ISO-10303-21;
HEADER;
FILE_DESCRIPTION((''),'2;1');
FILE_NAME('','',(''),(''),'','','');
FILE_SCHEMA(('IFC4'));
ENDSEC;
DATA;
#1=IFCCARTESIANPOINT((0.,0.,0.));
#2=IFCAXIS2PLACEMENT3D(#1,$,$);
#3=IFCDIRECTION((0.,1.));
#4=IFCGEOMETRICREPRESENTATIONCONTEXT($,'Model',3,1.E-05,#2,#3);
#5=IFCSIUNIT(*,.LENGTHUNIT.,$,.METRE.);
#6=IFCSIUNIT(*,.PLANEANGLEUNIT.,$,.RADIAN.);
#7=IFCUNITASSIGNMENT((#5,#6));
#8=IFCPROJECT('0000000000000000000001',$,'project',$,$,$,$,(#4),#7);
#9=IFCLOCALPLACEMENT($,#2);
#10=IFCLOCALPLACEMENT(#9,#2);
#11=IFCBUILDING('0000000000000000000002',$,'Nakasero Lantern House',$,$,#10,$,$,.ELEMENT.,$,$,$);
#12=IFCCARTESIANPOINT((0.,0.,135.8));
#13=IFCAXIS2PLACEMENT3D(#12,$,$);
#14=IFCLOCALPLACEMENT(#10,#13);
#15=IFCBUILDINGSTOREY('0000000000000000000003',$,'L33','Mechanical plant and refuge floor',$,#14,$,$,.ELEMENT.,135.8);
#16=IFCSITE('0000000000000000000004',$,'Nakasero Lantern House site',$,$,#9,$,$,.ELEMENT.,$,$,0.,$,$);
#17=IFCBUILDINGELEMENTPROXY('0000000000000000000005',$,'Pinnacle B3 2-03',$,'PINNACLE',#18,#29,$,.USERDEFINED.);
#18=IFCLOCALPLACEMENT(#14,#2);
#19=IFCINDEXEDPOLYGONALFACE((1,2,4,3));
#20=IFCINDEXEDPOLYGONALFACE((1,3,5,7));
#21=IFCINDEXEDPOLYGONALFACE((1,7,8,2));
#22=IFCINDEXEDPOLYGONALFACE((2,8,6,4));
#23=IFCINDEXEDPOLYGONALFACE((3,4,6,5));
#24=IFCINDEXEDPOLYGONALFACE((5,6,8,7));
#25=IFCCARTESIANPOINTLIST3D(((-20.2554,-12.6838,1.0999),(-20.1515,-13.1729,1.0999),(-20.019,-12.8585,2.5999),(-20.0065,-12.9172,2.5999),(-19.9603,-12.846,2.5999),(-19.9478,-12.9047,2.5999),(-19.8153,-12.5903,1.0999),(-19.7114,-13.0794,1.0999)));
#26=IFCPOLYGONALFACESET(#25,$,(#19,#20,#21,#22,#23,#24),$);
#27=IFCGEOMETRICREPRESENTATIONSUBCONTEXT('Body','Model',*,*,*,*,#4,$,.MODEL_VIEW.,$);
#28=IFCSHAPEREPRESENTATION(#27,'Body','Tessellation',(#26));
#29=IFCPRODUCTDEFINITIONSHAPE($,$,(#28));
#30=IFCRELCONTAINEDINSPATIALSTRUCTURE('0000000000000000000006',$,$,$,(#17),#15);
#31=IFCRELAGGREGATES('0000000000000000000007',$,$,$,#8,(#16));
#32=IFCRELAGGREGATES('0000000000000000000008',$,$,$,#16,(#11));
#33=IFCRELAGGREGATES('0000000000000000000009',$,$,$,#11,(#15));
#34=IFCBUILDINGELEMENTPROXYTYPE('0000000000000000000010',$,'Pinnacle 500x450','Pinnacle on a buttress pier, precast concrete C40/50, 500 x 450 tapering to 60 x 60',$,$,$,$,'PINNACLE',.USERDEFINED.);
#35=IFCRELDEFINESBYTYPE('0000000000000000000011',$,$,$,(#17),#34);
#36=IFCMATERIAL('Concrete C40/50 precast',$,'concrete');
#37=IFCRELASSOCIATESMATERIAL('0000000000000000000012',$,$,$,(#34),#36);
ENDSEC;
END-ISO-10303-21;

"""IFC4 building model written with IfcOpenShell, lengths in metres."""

from ifc_helpers import new_model, entity, si_unit, direction, frame, origin, place, context, subcontext, project, spatial, material, type_object, element, save


model = new_model("IFC4")

# Units and contexts
model_context = context("Model", 3, precision=1e-05, world=origin(), true_north=direction((0.0, 1.0)))
body_context = subcontext(model_context, "Body", "Model", "MODEL_VIEW")
ifc_project = project(units=[si_unit("LENGTHUNIT", "METRE"), si_unit("PLANEANGLEUNIT", "RADIAN")], contexts=[model_context])

# Site, building, storey
site_placement = place(None, origin())
site = spatial("IfcSite", under=ifc_project, at=site_placement, Name="Nakasero Lantern House site", CompositionType="ELEMENT", RefElevation=0.0)
building_placement = place(site_placement, origin())
building = spatial("IfcBuilding", under=site, at=building_placement, Name="Nakasero Lantern House", CompositionType="ELEMENT")
storey_placement = place(building_placement, frame((0.0, 0.0, 135.8)))
storey = spatial("IfcBuildingStorey", under=building, at=storey_placement, Name="L33", Description="Mechanical plant and refuge floor", CompositionType="ELEMENT", Elevation=135.8)

# Building element proxy
ifc_material_1 = material(Name="Concrete C40/50 precast", Category="concrete")
building_element_proxy_type = type_object("IfcBuildingElementProxyType", Name="Pinnacle 500x450", Description="Pinnacle on a buttress pier, precast concrete C40/50, 500 x 450 tapering to 60 x 60", ElementType="PINNACLE", PredefinedType="USERDEFINED", material=ifc_material_1)
proxy_placement = place(storey_placement, frame((-19.9834, -12.8816, 1.0999), z_axis=(0.0, 0.0, 1.0), x_axis=(-0.978148, -0.207912, 0.0)))
element("IfcBuildingElementProxy", 1, at=proxy_placement, inside=storey, type_object=building_element_proxy_type, Name="Pinnacle B3 2-03", ObjectType="PINNACLE", PredefinedType="USERDEFINED", context=body_context, shape_type="SweptSolid", body=[
    entity("IfcExtrudedAreaSolidTapered", entity("IfcRectangleProfileDef", "AREA", None, entity("IfcAxis2Placement2D", entity("IfcCartesianPoint", [0.0, 0.0])), 0.45, 0.5), entity("IfcAxis2Placement3D", entity("IfcCartesianPoint", [0.0, 0.0, 0.0])), entity("IfcDirection", [0.0, 0.0, 1.0]), 1.5, entity("IfcRectangleProfileDef", "AREA", None, entity("IfcAxis2Placement2D", entity("IfcCartesianPoint", [0.0, 0.0])), 0.0601, 0.0601)),
])

save(model, "model.ifc")
